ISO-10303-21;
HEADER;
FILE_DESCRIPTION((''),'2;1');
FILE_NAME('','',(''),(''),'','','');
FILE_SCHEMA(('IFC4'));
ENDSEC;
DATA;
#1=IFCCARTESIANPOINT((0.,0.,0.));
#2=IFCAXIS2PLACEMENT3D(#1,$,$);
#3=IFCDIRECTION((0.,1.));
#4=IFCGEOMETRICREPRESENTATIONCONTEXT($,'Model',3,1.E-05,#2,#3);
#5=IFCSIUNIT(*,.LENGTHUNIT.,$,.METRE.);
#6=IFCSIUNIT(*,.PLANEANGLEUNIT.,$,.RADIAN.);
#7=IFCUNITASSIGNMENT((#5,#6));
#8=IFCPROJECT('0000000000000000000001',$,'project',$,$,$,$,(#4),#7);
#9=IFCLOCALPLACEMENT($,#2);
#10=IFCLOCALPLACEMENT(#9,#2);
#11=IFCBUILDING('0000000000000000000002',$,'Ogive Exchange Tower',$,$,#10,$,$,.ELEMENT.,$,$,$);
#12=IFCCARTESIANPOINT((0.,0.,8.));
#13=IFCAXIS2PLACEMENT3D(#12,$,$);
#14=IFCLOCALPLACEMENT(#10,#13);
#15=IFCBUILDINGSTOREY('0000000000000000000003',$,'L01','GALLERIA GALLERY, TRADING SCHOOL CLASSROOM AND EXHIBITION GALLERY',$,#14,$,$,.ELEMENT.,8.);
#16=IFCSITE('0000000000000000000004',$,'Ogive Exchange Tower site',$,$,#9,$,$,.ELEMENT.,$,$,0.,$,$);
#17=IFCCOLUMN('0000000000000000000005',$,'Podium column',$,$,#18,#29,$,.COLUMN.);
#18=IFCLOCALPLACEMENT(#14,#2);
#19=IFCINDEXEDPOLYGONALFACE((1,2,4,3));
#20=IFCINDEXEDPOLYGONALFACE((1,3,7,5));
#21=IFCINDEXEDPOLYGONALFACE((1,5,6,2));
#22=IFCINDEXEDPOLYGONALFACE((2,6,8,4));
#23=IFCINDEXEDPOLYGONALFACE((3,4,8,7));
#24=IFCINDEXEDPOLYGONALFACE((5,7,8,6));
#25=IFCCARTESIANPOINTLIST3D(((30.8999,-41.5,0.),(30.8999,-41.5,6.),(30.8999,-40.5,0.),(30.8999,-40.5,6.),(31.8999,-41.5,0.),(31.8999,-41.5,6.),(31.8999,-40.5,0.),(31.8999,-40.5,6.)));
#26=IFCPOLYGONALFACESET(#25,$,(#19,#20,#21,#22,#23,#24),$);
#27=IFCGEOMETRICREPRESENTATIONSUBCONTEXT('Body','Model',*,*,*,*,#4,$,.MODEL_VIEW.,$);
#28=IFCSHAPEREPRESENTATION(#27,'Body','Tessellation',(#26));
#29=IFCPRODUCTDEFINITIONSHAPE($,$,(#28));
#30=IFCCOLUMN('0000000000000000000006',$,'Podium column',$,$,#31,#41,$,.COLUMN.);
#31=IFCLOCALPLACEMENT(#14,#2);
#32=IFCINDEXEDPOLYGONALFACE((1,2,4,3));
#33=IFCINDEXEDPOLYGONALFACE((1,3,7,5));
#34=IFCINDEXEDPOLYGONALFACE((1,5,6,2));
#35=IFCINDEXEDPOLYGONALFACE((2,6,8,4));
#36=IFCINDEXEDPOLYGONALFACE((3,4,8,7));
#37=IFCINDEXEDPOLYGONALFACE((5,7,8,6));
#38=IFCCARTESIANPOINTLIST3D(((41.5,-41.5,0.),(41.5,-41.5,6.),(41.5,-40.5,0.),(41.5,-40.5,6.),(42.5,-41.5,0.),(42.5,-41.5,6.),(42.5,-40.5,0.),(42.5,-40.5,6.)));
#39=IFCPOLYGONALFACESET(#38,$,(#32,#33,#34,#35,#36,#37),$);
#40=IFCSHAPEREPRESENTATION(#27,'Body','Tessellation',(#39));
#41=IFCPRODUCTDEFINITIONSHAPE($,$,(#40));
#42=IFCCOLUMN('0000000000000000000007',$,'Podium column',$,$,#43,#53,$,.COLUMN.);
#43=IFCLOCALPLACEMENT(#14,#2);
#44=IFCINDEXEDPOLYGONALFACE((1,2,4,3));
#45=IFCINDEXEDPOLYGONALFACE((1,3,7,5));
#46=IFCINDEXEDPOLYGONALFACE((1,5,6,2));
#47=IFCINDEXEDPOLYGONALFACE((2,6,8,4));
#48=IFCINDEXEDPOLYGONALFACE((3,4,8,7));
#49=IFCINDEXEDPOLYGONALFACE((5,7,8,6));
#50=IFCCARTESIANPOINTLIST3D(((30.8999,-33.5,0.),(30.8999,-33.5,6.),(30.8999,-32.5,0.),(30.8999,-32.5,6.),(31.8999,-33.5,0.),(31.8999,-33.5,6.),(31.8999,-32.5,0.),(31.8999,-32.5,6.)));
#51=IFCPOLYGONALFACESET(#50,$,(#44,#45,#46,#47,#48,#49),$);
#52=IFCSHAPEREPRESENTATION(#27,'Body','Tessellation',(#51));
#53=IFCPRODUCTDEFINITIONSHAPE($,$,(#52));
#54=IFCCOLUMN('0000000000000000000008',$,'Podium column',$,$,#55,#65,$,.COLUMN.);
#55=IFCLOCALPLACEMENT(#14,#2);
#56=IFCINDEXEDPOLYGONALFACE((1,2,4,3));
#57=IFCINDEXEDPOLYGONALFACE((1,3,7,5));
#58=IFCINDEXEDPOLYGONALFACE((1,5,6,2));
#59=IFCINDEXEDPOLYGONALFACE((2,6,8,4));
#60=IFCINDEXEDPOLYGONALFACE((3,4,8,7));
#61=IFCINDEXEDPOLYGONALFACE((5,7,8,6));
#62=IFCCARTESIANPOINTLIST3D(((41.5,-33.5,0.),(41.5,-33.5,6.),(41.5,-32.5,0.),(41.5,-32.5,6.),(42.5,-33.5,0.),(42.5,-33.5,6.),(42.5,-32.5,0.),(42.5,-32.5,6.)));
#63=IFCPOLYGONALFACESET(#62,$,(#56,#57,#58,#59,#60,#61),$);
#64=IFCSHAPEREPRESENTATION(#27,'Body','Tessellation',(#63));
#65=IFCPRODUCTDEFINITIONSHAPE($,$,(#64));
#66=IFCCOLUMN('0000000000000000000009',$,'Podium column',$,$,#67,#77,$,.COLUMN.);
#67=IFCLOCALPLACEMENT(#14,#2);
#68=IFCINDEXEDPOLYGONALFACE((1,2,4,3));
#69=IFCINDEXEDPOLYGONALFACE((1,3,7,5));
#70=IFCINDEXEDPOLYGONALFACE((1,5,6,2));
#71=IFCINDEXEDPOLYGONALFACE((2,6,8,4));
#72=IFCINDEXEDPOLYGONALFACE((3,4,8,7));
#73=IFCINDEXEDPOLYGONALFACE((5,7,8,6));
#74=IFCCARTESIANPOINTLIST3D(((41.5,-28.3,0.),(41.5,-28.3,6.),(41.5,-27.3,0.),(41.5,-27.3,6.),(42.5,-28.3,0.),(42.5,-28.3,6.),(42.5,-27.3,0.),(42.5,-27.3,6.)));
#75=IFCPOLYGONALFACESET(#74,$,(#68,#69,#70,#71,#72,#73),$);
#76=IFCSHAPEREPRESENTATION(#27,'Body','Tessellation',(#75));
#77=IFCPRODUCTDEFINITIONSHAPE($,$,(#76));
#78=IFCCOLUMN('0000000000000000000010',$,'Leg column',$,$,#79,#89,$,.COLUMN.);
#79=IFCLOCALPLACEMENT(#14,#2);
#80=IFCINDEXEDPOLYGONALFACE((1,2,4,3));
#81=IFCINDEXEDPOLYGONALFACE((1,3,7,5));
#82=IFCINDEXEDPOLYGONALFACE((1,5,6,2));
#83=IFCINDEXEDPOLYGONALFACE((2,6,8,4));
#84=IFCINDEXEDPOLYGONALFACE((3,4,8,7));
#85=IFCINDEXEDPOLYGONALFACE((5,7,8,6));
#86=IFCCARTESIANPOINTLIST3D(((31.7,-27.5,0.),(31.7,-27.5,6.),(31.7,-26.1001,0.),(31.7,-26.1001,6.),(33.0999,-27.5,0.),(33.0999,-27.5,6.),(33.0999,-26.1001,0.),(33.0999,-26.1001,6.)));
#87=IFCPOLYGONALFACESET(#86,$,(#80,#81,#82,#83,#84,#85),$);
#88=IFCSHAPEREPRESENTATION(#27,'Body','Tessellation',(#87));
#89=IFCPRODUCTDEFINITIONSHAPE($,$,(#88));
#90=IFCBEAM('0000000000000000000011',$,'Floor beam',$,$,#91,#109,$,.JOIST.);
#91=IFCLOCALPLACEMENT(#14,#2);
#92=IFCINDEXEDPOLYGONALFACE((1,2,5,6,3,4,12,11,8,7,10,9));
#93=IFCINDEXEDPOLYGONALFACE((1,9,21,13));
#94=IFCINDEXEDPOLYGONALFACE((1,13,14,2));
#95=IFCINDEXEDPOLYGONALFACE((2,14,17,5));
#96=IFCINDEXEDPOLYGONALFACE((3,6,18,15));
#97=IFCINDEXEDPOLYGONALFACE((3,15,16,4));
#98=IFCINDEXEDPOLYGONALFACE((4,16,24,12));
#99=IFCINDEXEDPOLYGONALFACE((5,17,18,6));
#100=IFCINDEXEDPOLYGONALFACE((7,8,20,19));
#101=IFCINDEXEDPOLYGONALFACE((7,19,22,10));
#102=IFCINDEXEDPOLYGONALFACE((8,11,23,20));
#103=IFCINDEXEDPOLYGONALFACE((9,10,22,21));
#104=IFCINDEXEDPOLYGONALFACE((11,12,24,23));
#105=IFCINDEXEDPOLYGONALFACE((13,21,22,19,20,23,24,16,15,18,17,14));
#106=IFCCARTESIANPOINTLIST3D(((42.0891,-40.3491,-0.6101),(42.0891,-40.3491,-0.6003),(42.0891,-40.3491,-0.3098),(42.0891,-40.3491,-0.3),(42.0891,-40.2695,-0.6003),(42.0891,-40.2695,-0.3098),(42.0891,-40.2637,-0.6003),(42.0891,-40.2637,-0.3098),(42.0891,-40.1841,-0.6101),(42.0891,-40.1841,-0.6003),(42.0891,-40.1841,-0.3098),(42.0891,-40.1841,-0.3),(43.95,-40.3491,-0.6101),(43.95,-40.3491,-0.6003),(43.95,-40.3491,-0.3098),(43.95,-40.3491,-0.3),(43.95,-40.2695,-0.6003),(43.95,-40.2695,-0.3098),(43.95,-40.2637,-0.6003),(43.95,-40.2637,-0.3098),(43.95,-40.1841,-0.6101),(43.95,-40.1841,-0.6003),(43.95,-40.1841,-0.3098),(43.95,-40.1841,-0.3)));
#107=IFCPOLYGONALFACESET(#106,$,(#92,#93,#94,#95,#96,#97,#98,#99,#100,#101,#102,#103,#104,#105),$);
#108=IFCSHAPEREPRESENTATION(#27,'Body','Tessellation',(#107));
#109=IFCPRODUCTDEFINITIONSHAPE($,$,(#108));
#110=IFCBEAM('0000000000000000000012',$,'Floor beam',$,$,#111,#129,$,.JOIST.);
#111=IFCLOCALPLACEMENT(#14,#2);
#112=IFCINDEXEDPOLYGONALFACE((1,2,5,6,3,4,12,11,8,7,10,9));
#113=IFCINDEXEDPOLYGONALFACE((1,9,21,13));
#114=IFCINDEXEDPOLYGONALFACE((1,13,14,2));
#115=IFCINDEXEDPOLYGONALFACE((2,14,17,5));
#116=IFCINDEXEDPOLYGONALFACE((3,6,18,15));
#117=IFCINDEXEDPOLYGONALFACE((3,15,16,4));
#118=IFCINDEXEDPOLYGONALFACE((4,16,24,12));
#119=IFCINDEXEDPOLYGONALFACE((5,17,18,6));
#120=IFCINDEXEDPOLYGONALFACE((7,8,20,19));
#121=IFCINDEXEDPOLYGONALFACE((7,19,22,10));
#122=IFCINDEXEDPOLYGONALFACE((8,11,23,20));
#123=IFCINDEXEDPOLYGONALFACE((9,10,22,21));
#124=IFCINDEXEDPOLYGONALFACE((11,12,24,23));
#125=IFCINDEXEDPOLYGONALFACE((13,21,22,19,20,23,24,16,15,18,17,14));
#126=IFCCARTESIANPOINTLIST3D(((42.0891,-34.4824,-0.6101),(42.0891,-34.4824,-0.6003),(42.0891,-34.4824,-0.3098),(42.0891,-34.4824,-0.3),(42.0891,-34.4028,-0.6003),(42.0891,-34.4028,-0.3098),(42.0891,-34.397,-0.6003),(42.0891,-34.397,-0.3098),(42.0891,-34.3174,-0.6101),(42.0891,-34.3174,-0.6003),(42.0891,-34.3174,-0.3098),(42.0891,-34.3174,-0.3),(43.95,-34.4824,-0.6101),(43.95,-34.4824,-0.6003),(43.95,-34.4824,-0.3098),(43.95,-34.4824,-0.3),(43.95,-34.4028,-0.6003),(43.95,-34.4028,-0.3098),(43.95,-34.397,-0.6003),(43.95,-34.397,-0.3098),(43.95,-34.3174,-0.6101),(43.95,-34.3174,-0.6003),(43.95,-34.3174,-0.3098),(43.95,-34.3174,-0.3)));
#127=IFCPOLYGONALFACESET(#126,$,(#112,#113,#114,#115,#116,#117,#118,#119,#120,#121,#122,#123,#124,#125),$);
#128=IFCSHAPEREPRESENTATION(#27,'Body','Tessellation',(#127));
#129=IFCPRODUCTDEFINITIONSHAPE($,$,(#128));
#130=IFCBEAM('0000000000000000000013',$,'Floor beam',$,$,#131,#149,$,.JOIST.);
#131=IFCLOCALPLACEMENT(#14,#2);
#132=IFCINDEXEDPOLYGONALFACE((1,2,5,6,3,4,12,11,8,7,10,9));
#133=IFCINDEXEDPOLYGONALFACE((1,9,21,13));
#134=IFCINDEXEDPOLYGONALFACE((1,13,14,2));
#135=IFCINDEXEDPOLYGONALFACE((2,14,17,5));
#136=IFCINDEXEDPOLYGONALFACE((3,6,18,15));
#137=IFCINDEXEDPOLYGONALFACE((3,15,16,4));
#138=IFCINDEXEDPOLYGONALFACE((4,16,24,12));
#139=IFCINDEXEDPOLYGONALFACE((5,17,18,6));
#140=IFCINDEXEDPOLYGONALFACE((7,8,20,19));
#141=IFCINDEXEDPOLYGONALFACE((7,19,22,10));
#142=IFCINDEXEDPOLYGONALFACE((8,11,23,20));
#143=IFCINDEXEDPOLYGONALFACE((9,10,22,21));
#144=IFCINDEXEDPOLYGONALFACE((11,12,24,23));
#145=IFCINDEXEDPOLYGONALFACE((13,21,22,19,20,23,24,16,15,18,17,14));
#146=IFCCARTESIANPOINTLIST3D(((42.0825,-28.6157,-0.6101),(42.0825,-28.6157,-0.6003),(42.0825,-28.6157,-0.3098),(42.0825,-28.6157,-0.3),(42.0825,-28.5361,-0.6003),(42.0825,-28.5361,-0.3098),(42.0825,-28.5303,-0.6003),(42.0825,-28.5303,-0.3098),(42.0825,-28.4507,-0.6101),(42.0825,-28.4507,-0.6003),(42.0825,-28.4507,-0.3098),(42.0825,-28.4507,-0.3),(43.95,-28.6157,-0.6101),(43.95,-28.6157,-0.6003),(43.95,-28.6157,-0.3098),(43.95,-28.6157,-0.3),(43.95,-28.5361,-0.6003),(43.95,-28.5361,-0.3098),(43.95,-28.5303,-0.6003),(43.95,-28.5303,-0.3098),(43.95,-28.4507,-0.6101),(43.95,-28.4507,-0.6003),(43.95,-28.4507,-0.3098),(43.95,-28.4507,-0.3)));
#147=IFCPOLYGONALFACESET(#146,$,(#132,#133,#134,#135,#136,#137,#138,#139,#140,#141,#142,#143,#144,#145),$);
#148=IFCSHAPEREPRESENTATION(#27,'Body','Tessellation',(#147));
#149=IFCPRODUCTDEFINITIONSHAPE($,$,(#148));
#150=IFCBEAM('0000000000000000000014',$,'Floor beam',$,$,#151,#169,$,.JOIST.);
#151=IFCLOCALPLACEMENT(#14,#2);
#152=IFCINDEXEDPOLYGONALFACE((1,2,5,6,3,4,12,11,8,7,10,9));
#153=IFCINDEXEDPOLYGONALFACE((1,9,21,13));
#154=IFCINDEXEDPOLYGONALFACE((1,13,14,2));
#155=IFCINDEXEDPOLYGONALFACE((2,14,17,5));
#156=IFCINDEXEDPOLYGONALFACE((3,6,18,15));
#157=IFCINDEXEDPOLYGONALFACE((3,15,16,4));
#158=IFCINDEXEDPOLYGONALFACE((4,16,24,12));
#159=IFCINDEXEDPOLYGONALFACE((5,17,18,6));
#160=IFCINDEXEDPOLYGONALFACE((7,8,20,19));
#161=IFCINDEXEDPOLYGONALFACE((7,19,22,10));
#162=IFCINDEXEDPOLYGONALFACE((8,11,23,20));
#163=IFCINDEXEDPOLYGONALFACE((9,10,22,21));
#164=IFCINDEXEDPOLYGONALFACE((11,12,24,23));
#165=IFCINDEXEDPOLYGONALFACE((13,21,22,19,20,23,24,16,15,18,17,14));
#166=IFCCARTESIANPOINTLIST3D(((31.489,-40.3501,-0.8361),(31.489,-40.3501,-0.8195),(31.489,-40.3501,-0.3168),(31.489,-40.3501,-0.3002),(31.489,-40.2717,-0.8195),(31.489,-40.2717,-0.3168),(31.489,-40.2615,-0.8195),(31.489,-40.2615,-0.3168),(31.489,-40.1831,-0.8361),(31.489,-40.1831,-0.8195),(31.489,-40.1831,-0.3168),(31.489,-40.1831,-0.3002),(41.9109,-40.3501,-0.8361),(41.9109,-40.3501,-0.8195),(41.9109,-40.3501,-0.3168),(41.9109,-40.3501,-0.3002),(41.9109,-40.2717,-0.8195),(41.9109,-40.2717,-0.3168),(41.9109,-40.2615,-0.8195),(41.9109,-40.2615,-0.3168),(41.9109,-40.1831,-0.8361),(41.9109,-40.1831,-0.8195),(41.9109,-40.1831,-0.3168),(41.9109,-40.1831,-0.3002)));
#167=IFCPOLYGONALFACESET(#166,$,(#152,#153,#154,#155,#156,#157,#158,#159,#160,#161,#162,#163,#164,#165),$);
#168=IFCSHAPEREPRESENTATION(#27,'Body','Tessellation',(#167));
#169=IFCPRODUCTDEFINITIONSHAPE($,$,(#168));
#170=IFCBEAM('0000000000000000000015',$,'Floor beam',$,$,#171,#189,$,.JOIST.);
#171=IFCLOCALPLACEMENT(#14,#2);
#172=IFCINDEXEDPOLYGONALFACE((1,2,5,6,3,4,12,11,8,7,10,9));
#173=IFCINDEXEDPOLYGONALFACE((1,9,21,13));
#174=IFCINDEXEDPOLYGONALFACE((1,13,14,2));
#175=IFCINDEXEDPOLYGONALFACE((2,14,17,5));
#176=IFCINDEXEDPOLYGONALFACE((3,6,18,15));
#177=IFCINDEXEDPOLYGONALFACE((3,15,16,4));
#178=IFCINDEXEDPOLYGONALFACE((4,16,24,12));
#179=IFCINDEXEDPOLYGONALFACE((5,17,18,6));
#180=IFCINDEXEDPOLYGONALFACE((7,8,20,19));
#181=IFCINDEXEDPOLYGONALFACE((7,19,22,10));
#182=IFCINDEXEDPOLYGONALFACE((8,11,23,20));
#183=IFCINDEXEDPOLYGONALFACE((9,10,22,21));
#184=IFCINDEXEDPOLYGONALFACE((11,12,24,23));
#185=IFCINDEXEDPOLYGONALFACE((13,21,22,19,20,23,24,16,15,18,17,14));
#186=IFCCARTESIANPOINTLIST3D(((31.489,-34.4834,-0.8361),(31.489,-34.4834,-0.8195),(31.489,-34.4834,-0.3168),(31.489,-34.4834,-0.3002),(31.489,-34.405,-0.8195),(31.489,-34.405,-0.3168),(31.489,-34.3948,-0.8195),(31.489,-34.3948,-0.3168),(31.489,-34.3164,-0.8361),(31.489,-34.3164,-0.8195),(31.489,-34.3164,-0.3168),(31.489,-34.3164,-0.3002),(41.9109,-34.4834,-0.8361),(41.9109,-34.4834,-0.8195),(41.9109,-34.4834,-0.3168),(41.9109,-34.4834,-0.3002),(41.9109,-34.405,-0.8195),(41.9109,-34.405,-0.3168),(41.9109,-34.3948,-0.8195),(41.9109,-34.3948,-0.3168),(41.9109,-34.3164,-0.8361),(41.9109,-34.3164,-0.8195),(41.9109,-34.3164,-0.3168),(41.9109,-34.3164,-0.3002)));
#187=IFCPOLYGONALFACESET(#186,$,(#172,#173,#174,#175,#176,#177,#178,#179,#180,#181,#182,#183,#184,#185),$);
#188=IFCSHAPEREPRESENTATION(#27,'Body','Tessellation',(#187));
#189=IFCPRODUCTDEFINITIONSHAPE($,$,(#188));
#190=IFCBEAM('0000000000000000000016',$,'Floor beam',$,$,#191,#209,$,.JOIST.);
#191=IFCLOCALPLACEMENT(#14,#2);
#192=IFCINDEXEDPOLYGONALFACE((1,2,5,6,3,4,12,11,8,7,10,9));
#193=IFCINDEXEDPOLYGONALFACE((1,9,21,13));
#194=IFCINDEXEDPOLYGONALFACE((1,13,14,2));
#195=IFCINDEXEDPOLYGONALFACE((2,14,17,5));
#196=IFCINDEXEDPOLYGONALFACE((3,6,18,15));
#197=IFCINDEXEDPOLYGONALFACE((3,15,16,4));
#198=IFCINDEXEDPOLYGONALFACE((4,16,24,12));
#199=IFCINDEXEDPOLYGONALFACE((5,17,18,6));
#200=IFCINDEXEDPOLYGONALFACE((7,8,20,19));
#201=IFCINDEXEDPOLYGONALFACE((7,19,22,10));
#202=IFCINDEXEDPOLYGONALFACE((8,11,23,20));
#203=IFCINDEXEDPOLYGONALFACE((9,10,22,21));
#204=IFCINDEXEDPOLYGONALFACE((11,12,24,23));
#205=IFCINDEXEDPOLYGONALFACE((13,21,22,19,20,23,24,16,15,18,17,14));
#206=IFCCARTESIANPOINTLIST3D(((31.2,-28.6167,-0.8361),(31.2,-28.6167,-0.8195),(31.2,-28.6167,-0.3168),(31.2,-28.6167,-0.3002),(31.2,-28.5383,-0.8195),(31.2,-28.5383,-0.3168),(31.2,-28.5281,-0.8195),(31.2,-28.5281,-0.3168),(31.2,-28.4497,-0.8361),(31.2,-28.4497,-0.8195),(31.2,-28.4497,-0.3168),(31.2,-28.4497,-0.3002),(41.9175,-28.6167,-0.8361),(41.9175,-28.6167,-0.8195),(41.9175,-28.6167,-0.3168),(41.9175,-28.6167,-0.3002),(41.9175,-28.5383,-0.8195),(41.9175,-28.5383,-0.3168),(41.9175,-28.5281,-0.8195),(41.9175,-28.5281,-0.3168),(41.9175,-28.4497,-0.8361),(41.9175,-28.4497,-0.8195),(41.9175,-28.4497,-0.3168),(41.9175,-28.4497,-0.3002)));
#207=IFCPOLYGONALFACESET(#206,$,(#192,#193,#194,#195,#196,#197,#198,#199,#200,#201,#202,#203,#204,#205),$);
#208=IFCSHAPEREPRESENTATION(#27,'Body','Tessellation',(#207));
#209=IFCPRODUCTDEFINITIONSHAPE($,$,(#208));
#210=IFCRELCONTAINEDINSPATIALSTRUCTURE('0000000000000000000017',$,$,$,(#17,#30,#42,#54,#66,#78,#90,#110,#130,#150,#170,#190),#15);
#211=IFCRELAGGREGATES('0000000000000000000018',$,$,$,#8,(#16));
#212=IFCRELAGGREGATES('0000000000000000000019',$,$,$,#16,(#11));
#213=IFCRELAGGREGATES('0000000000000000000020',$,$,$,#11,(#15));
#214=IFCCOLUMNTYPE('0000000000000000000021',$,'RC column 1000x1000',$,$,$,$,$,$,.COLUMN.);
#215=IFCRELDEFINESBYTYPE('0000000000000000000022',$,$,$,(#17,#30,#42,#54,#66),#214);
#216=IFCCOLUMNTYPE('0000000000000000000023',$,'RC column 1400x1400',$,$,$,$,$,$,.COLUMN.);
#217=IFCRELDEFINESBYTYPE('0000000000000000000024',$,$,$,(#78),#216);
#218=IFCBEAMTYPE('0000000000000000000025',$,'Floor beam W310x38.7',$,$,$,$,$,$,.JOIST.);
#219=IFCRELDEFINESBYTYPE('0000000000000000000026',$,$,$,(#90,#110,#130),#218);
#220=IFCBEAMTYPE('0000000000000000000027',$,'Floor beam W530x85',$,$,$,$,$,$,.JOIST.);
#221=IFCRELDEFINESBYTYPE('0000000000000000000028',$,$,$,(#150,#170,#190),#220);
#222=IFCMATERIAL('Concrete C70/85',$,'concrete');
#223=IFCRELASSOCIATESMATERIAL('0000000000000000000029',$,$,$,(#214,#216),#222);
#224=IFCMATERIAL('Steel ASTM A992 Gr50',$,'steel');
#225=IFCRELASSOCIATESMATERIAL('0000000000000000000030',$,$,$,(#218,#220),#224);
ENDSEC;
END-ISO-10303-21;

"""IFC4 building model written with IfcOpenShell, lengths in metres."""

from ifc_helpers import new_model, si_unit, direction, frame, origin, origin_2d, place, context, subcontext, project, spatial, rectangle, i_section, extrude, material, material_profile, profile_set, type_object, element, save


model = new_model("IFC4")

# Units and contexts
model_context = context("Model", 3, precision=1e-05, world=origin(), true_north=direction((0.0, 1.0)))
body_context = subcontext(model_context, "Body", "Model", "MODEL_VIEW")
ifc_project = project(units=[si_unit("LENGTHUNIT", "METRE"), si_unit("PLANEANGLEUNIT", "RADIAN")], contexts=[model_context])

# Site, building, storey
site_placement = place(None, origin())
site = spatial("IfcSite", under=ifc_project, at=site_placement, Name="Ogive Exchange Tower site", CompositionType="ELEMENT", RefElevation=0.0)
building_placement = place(site_placement, origin())
building = spatial("IfcBuilding", under=site, at=building_placement, Name="Ogive Exchange Tower", CompositionType="ELEMENT")
storey_placement = place(building_placement, frame((0.0, 0.0, 8.0)))
storey = spatial("IfcBuildingStorey", under=building, at=storey_placement, Name="L01", Description="GALLERIA GALLERY, TRADING SCHOOL CLASSROOM AND EXHIBITION GALLERY", CompositionType="ELEMENT", Elevation=8.0)

# Columns
ifc_material_1 = material(Name="Concrete C70/85", Category="concrete")
ifc_material_profile_1 = material_profile(ifc_material_1, rectangle(XDim=1.0, YDim=1.0, at=origin_2d()), Name="RC 1000x1000")
ifc_profile_set_1 = profile_set([ifc_material_profile_1], Name="Concrete C70/85")
column_type_1 = type_object("IfcColumnType", Name="RC column 1000x1000", PredefinedType="COLUMN", material=ifc_profile_set_1)
for number, where, z_axis, x_axis, name in (
    (1, (31.3999, -41.0, 0.0), (0.0, 0.0, 1.0), (1.0, 0.0, 0.0), "Podium column"),
    (2, (42.0, -41.0, 0.0), (0.0, 0.0, 1.0), (1.0, 0.0, 0.0), "Podium column"),
    (3, (31.3999, -33.0, 0.0), (0.0, 0.0, 1.0), (1.0, 0.0, 0.0), "Podium column"),
    (4, (42.0, -33.0, 0.0), (0.0, 0.0, 1.0), (1.0, 0.0, 0.0), "Podium column"),
    (5, (42.0, -27.8, 0.0), (0.0, 0.0, 1.0), (1.0, 0.0, 0.0), "Podium column"),
):
    element("IfcColumn", number, at=place(storey_placement, frame(where, z_axis=z_axis, x_axis=x_axis)), inside=storey, type_object=column_type_1, Name=name, PredefinedType="COLUMN", context=body_context, shape_type="SweptSolid", body=[
        extrude(rectangle(XDim=1.0, YDim=1.0, at=origin_2d()), origin(), (0.0, 0.0, 1.0), 6.0),
    ])
ifc_material_profile_2 = material_profile(ifc_material_1, rectangle(XDim=1.3999, YDim=1.3999, at=origin_2d()), Name="RC 1400x1400")
ifc_profile_set_2 = profile_set([ifc_material_profile_2], Name="Concrete C70/85")
column_type_2 = type_object("IfcColumnType", Name="RC column 1400x1400", PredefinedType="COLUMN", material=ifc_profile_set_2)
column_placement = place(storey_placement, frame((32.3999, -26.8, 0.0), z_axis=(0.0, 0.0, 1.0), x_axis=(1.0, 0.0, 0.0)))
element("IfcColumn", 6, at=column_placement, inside=storey, type_object=column_type_2, Name="Leg column", PredefinedType="COLUMN", context=body_context, shape_type="SweptSolid", body=[
    extrude(rectangle(XDim=1.3999, YDim=1.3999, at=origin_2d()), origin(), (0.0, 0.0, 1.0), 6.0),
])

# Beams
ifc_material_2 = material(Name="Steel ASTM A992 Gr50", Category="steel")
ifc_material_profile_3 = material_profile(ifc_material_2, i_section(OverallWidth=0.165, OverallDepth=0.3101, WebThickness=0.0059, FlangeThickness=0.0098, at=origin_2d()), Name="W310x38.7")
ifc_profile_set_3 = profile_set([ifc_material_profile_3], Name="Steel ASTM A992 Gr50")
beam_type_1 = type_object("IfcBeamType", Name="Floor beam W310x38.7", PredefinedType="JOIST", material=ifc_profile_set_3)
for number, where, z_axis, x_axis, name in (
    (7, (42.0891, -40.2666, -0.4551), (1.0, 0.0, 0.0), (0.0, 1.0, 0.0), "Floor beam"),
    (8, (42.0891, -34.3999, -0.4551), (1.0, 0.0, 0.0), (0.0, 1.0, 0.0), "Floor beam"),
):
    element("IfcBeam", number, at=place(storey_placement, frame(where, z_axis=z_axis, x_axis=x_axis)), inside=storey, type_object=beam_type_1, Name=name, PredefinedType="JOIST", context=body_context, shape_type="SweptSolid", body=[
        extrude(i_section(OverallWidth=0.165, OverallDepth=0.3101, WebThickness=0.0059, FlangeThickness=0.0098, at=origin_2d()), origin(), (0.0, 0.0, 1.0), 1.8608),
    ])
beam_1_placement = place(storey_placement, frame((42.0825, -28.5332, -0.4551), z_axis=(1.0, 0.0, 0.0), x_axis=(0.0, 1.0, 0.0)))
element("IfcBeam", 9, at=beam_1_placement, inside=storey, type_object=beam_type_1, Name="Floor beam", PredefinedType="JOIST", context=body_context, shape_type="SweptSolid", body=[
    extrude(i_section(OverallWidth=0.165, OverallDepth=0.3101, WebThickness=0.0059, FlangeThickness=0.0098, at=origin_2d()), origin(), (0.0, 0.0, 1.0), 1.8674),
])
ifc_material_profile_4 = material_profile(ifc_material_2, i_section(OverallWidth=0.167, OverallDepth=0.5359, WebThickness=0.0103, FlangeThickness=0.0166, at=origin_2d()), Name="W530x85")
ifc_profile_set_4 = profile_set([ifc_material_profile_4], Name="Steel ASTM A992 Gr50")
beam_type_2 = type_object("IfcBeamType", Name="Floor beam W530x85", PredefinedType="JOIST", material=ifc_profile_set_4)
for number, where, z_axis, x_axis, name in (
    (10, (31.489, -40.2666, -0.5681), (1.0, 0.0, 0.0), (0.0, 1.0, 0.0), "Floor beam"),
    (11, (31.489, -34.3999, -0.5681), (1.0, 0.0, 0.0), (0.0, 1.0, 0.0), "Floor beam"),
):
    element("IfcBeam", number, at=place(storey_placement, frame(where, z_axis=z_axis, x_axis=x_axis)), inside=storey, type_object=beam_type_2, Name=name, PredefinedType="JOIST", context=body_context, shape_type="SweptSolid", body=[
        extrude(i_section(OverallWidth=0.167, OverallDepth=0.5359, WebThickness=0.0103, FlangeThickness=0.0166, at=origin_2d()), origin(), (0.0, 0.0, 1.0), 10.4219),
    ])
beam_2_placement = place(storey_placement, frame((31.2, -28.5332, -0.5681), z_axis=(1.0, 0.0, 0.0), x_axis=(0.0, 1.0, 0.0)))
element("IfcBeam", 12, at=beam_2_placement, inside=storey, type_object=beam_type_2, Name="Floor beam", PredefinedType="JOIST", context=body_context, shape_type="SweptSolid", body=[
    extrude(i_section(OverallWidth=0.167, OverallDepth=0.5359, WebThickness=0.0103, FlangeThickness=0.0166, at=origin_2d()), origin(), (0.0, 0.0, 1.0), 10.7175),
])

save(model, "model.ifc")
